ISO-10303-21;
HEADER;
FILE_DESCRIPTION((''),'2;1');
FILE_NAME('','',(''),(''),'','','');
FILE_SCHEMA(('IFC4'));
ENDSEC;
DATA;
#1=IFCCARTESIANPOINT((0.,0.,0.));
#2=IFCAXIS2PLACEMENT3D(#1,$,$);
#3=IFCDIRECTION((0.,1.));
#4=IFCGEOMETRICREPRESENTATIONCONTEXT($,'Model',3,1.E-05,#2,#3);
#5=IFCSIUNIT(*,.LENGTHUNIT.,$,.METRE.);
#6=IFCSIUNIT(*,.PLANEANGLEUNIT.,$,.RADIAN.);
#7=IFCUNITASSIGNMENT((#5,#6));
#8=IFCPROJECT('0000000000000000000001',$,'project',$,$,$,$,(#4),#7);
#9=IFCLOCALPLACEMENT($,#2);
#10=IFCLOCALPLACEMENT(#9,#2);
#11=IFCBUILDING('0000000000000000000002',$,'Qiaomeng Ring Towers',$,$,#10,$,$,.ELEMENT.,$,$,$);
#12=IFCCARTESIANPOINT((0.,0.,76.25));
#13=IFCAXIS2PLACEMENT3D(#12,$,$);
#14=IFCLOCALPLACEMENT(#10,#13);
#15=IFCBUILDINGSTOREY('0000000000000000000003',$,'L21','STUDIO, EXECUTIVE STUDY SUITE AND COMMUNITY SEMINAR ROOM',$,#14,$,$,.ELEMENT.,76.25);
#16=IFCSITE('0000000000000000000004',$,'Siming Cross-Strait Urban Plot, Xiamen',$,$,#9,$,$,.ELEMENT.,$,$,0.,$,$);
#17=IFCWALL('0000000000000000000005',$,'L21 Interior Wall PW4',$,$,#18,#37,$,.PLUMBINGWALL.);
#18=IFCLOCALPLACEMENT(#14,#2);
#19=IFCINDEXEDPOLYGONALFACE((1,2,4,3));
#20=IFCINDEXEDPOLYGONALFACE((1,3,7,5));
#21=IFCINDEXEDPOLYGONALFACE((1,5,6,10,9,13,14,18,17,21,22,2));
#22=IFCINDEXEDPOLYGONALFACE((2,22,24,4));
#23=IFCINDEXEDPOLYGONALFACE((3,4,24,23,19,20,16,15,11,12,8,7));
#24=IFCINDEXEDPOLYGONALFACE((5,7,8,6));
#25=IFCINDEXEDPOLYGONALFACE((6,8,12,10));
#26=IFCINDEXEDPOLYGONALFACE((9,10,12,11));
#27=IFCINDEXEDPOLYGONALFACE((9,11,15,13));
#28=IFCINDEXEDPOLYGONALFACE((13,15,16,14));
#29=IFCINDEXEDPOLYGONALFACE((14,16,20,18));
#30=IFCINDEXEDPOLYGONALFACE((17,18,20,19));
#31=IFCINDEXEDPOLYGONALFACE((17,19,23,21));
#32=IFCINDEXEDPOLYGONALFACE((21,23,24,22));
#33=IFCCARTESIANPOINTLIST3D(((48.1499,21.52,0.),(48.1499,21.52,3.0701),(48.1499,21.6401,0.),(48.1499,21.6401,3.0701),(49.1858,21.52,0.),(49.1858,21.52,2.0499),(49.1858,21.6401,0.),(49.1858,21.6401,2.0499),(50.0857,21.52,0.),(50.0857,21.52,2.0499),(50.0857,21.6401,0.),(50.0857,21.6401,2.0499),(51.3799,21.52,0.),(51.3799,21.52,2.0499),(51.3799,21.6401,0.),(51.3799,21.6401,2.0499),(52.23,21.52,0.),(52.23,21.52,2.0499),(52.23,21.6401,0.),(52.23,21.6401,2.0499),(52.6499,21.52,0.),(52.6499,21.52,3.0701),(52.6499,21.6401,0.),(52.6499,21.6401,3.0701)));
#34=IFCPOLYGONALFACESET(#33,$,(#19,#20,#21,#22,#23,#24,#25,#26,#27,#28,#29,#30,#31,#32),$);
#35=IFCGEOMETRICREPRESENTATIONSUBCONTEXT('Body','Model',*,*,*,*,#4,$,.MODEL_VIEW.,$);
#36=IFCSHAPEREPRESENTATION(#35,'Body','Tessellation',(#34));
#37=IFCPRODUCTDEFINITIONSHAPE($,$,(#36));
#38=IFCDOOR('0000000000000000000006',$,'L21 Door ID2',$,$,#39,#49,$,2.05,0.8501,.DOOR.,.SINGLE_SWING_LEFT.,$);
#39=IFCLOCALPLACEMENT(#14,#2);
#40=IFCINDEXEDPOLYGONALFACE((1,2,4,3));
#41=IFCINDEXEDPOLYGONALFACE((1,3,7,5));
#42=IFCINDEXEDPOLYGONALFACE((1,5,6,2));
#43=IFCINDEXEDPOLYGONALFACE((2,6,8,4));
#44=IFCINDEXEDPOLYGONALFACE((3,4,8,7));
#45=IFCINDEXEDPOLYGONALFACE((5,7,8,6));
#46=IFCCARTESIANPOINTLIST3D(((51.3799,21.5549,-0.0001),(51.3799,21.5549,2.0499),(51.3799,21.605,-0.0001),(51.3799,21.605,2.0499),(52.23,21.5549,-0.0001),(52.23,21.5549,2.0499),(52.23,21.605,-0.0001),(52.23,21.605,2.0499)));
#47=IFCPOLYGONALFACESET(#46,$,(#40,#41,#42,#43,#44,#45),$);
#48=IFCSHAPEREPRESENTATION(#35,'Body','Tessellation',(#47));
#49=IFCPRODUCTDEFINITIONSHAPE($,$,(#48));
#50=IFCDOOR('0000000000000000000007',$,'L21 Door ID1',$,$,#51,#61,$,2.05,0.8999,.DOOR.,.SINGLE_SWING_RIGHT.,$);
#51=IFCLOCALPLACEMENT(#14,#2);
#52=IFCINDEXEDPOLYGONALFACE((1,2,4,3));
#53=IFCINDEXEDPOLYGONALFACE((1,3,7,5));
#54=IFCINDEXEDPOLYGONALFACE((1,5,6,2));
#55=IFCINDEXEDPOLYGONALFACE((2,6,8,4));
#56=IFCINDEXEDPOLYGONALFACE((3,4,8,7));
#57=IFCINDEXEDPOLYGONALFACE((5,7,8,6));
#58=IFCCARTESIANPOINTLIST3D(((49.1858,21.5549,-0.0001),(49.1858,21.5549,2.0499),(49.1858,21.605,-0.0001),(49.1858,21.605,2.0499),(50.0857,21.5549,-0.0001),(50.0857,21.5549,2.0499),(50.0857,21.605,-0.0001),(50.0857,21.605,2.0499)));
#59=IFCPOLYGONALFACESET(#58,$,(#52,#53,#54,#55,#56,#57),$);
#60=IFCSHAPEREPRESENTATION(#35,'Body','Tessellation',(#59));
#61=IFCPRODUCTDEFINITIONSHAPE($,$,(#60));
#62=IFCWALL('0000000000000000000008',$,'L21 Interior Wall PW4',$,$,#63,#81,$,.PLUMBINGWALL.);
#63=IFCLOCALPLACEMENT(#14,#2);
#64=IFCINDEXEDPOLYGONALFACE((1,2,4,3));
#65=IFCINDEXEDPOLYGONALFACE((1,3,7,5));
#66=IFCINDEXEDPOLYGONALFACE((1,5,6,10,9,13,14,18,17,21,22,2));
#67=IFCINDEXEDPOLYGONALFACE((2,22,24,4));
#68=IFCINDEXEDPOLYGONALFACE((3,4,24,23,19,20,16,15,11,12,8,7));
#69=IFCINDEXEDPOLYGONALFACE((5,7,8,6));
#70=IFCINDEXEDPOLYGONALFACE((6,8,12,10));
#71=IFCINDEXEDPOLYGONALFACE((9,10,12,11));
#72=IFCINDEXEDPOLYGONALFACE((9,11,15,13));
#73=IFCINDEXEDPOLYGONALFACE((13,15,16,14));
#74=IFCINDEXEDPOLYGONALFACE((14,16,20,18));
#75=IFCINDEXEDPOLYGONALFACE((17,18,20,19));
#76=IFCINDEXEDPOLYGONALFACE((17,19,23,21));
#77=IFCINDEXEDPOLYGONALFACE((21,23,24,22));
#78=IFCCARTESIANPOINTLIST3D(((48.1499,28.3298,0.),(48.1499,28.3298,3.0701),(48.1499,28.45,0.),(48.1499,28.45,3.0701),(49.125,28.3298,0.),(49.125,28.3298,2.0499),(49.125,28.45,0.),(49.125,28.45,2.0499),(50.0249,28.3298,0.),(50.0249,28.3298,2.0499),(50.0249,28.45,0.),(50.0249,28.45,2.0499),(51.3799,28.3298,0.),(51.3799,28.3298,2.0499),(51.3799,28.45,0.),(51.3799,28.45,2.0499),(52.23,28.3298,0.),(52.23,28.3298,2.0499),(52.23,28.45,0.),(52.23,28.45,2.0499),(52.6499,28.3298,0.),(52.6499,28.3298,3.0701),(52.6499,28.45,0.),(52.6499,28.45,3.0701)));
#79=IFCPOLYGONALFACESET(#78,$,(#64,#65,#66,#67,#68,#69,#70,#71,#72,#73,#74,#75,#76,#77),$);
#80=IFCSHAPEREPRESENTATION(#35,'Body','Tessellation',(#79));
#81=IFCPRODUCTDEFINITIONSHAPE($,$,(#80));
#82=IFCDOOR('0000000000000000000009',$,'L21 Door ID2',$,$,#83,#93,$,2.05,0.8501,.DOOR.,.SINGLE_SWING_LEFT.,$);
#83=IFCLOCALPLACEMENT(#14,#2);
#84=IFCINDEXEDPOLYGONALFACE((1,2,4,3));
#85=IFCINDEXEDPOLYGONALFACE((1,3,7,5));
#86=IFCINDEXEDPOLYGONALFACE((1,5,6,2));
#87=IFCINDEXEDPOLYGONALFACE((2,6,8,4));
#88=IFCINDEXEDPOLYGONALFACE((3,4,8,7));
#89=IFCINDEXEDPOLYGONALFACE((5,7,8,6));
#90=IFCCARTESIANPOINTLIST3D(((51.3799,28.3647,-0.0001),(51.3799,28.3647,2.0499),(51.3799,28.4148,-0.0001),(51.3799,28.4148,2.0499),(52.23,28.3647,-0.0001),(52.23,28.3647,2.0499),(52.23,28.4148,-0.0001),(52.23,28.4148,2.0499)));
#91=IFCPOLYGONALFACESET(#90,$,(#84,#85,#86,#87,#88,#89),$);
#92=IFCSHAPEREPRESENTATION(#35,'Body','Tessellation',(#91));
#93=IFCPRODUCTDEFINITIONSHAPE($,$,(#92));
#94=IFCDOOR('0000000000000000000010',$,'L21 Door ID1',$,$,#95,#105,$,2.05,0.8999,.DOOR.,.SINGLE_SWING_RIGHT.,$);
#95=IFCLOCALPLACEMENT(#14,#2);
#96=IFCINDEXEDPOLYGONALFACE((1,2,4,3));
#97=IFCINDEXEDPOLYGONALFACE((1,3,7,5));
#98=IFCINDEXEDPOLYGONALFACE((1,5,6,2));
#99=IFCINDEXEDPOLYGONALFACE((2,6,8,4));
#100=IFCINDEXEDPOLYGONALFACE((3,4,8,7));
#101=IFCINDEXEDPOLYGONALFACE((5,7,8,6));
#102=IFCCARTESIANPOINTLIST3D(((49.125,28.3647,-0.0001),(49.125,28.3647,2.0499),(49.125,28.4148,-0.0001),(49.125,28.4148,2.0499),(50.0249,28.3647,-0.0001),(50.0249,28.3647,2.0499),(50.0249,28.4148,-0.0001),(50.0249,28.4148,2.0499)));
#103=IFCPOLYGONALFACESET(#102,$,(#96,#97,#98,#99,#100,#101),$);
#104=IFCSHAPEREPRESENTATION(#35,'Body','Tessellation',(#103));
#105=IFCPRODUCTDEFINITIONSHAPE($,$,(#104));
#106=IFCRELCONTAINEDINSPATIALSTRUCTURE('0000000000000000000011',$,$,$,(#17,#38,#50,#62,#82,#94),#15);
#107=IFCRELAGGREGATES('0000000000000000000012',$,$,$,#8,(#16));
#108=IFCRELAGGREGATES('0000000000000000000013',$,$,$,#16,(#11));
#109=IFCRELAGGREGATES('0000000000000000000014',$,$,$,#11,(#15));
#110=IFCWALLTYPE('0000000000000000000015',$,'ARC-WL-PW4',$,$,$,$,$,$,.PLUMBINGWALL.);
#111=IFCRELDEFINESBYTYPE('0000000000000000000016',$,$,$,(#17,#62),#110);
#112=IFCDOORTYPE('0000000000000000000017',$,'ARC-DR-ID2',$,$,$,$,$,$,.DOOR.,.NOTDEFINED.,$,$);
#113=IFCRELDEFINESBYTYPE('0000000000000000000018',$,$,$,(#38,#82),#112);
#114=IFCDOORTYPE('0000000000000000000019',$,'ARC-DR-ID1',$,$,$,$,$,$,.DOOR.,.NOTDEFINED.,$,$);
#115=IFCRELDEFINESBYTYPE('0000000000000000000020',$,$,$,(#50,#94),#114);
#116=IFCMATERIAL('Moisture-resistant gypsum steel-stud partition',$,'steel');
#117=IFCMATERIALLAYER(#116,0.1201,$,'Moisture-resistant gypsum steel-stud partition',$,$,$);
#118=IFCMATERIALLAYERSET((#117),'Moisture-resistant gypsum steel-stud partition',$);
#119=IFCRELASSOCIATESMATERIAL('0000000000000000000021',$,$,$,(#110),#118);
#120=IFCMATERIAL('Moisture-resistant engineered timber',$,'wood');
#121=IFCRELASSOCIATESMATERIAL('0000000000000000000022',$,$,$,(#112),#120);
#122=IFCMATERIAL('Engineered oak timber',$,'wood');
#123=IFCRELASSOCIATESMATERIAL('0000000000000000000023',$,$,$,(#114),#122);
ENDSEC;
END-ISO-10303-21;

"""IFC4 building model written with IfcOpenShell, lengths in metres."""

from ifc_helpers import new_model, si_unit, direction, frame, frame_2d, origin, place, context, subcontext, project, spatial, rectangle, extrude, source, transform, mapped, material, layer, layer_set, type_object, element, fill, save


model = new_model("IFC4")

# Units and contexts
model_context = context("Model", 3, precision=1e-05, world=origin(), true_north=direction((0.0, 1.0)))
body_context = subcontext(model_context, "Body", "Model", "MODEL_VIEW")
ifc_project = project(units=[si_unit("LENGTHUNIT", "METRE"), si_unit("PLANEANGLEUNIT", "RADIAN")], contexts=[model_context])

# Site, building, storey
site_placement = place(None, origin())
site = spatial("IfcSite", under=ifc_project, at=site_placement, Name="Siming Cross-Strait Urban Plot, Xiamen", CompositionType="ELEMENT", RefElevation=0.0)
building_placement = place(site_placement, origin())
building = spatial("IfcBuilding", under=site, at=building_placement, Name="Qiaomeng Ring Towers", CompositionType="ELEMENT")
storey_placement = place(building_placement, frame((0.0, 0.0, 76.25)))
storey = spatial("IfcBuildingStorey", under=building, at=storey_placement, Name="L21", Description="STUDIO, EXECUTIVE STUDY SUITE AND COMMUNITY SEMINAR ROOM", CompositionType="ELEMENT", Elevation=76.25)

# Shared definitions
ifc_material_1 = material(Name="Moisture-resistant gypsum steel-stud partition", Category="steel")
ifc_layer_1 = layer(ifc_material_1, 0.1201, Name="Moisture-resistant gypsum steel-stud partition")
ifc_layer_set_1 = layer_set([ifc_layer_1], Name="Moisture-resistant gypsum steel-stud partition")
wall_type_1 = type_object("IfcWallType", Name="ARC-WL-PW4", PredefinedType="PLUMBINGWALL", material=ifc_layer_set_1)
ifc_material_2 = material(Name="Moisture-resistant engineered timber", Category="wood")
door_type_1 = type_object("IfcDoorType", Name="ARC-DR-ID2", OperationType="NOTDEFINED", PredefinedType="DOOR", material=ifc_material_2)
shared_shape_1 = source(origin(), body_context, "Body", "SweptSolid", [
    extrude(rectangle(XDim=0.8501, YDim=2.05, at=frame_2d((0.425, 1.0249))), frame((0.0, 0.0249, 0.0), z_axis=(0.0, -1.0, 0.0), x_axis=(1.0, 0.0, 0.0)), (0.0, 0.0, 1.0), 0.05),
])
ifc_material_3 = material(Name="Engineered oak timber", Category="wood")
door_type_2 = type_object("IfcDoorType", Name="ARC-DR-ID1", OperationType="NOTDEFINED", PredefinedType="DOOR", material=ifc_material_3)
shared_shape_2 = source(origin(), body_context, "Body", "SweptSolid", [
    extrude(rectangle(XDim=0.8999, YDim=2.05, at=frame_2d((0.45, 1.0249))), frame((0.0, 0.0249, 0.0), z_axis=(0.0, -1.0, 0.0), x_axis=(1.0, 0.0, 0.0)), (0.0, 0.0, 1.0), 0.05),
])

# Walls, openings, doors
wall_1_placement = place(storey_placement, frame((48.1499, 21.5801, 0.0), z_axis=(0.0, 0.0, 1.0), x_axis=(1.0, 0.0, 0.0)))
wall_1 = element("IfcWall", 1, at=wall_1_placement, inside=storey, type_object=wall_type_1, Name="L21 Interior Wall PW4", PredefinedType="PLUMBINGWALL", context=body_context, shape_type="SweptSolid", body=[
    extrude(rectangle(XDim=4.5, YDim=0.1201, at=frame_2d((2.25, 0.0))), origin(), (0.0, 0.0, 1.0), 3.0701),
])
opening_1_placement = place(wall_1_placement, frame((1.0359, 0.0, 0.0)))
opening_1 = element("IfcOpeningElement", 2, at=opening_1_placement, cuts=wall_1, PredefinedType="OPENING", context=body_context, shape_type="SweptSolid", body=[
    extrude(rectangle(XDim=0.8999, YDim=2.05, at=frame_2d((0.45, 1.0249))), frame((0.0, 0.0701, 0.0), z_axis=(0.0, -1.0, 0.0), x_axis=(1.0, 0.0, 0.0)), (0.0, 0.0, 1.0), 0.1401),
])
opening_2_placement = place(wall_1_placement, frame((3.23, 0.0, 0.0)))
opening_2 = element("IfcOpeningElement", 3, at=opening_2_placement, cuts=wall_1, PredefinedType="OPENING", context=body_context, shape_type="SweptSolid", body=[
    extrude(rectangle(XDim=0.8501, YDim=2.05, at=frame_2d((0.425, 1.0249))), frame((0.0, 0.0701, 0.0), z_axis=(0.0, -1.0, 0.0), x_axis=(1.0, 0.0, 0.0)), (0.0, 0.0, 1.0), 0.1401),
])
door_1_placement = place(opening_2_placement, origin())
door_1 = element("IfcDoor", 4, at=door_1_placement, inside=storey, type_object=door_type_1, Name="L21 Door ID2", OperationType="SINGLE_SWING_LEFT", OverallHeight=2.05, OverallWidth=0.8501, PredefinedType="DOOR", context=body_context, shape_type="MappedRepresentation", body=[
    mapped(shared_shape_1, transform((0.0, 0.0, 0.0), x_axis=(1.0, 0.0, 0.0), y_axis=(0.0, 1.0, 0.0), z_axis=(0.0, 0.0, 1.0), scale=1.0)),
])
fill(opening_2, door_1)
door_2_placement = place(opening_1_placement, origin())
door_2 = element("IfcDoor", 5, at=door_2_placement, inside=storey, type_object=door_type_2, Name="L21 Door ID1", OperationType="SINGLE_SWING_RIGHT", OverallHeight=2.05, OverallWidth=0.8999, PredefinedType="DOOR", context=body_context, shape_type="MappedRepresentation", body=[
    mapped(shared_shape_2, transform((0.0, 0.0, 0.0), x_axis=(1.0, 0.0, 0.0), y_axis=(0.0, 1.0, 0.0), z_axis=(0.0, 0.0, 1.0), scale=1.0)),
])
fill(opening_1, door_2)
wall_2_placement = place(storey_placement, frame((48.1499, 28.3899, 0.0), z_axis=(0.0, 0.0, 1.0), x_axis=(1.0, 0.0, 0.0)))
wall_2 = element("IfcWall", 6, at=wall_2_placement, inside=storey, type_object=wall_type_1, Name="L21 Interior Wall PW4", PredefinedType="PLUMBINGWALL", context=body_context, shape_type="SweptSolid", body=[
    extrude(rectangle(XDim=4.5, YDim=0.1201, at=frame_2d((2.25, 0.0))), origin(), (0.0, 0.0, 1.0), 3.0701),
])
opening_3_placement = place(wall_2_placement, frame((0.9751, 0.0, 0.0)))
opening_3 = element("IfcOpeningElement", 7, at=opening_3_placement, cuts=wall_2, PredefinedType="OPENING", context=body_context, shape_type="SweptSolid", body=[
    extrude(rectangle(XDim=0.8999, YDim=2.05, at=frame_2d((0.45, 1.0249))), frame((0.0, 0.0701, 0.0), z_axis=(0.0, -1.0, 0.0), x_axis=(1.0, 0.0, 0.0)), (0.0, 0.0, 1.0), 0.1401),
])
opening_4_placement = place(wall_2_placement, frame((3.23, 0.0, 0.0)))
opening_4 = element("IfcOpeningElement", 8, at=opening_4_placement, cuts=wall_2, PredefinedType="OPENING", context=body_context, shape_type="SweptSolid", body=[
    extrude(rectangle(XDim=0.8501, YDim=2.05, at=frame_2d((0.425, 1.0249))), frame((0.0, 0.0701, 0.0), z_axis=(0.0, -1.0, 0.0), x_axis=(1.0, 0.0, 0.0)), (0.0, 0.0, 1.0), 0.1401),
])
door_3_placement = place(opening_4_placement, origin())
door_3 = element("IfcDoor", 9, at=door_3_placement, inside=storey, type_object=door_type_1, Name="L21 Door ID2", OperationType="SINGLE_SWING_LEFT", OverallHeight=2.05, OverallWidth=0.8501, PredefinedType="DOOR", context=body_context, shape_type="MappedRepresentation", body=[
    mapped(shared_shape_1, transform((0.0, 0.0, 0.0), x_axis=(1.0, 0.0, 0.0), y_axis=(0.0, 1.0, 0.0), z_axis=(0.0, 0.0, 1.0), scale=1.0)),
])
fill(opening_4, door_3)
door_4_placement = place(opening_3_placement, origin())
door_4 = element("IfcDoor", 10, at=door_4_placement, inside=storey, type_object=door_type_2, Name="L21 Door ID1", OperationType="SINGLE_SWING_RIGHT", OverallHeight=2.05, OverallWidth=0.8999, PredefinedType="DOOR", context=body_context, shape_type="MappedRepresentation", body=[
    mapped(shared_shape_2, transform((0.0, 0.0, 0.0), x_axis=(1.0, 0.0, 0.0), y_axis=(0.0, 1.0, 0.0), z_axis=(0.0, 0.0, 1.0), scale=1.0)),
])
fill(opening_3, door_4)

save(model, "model.ifc")
